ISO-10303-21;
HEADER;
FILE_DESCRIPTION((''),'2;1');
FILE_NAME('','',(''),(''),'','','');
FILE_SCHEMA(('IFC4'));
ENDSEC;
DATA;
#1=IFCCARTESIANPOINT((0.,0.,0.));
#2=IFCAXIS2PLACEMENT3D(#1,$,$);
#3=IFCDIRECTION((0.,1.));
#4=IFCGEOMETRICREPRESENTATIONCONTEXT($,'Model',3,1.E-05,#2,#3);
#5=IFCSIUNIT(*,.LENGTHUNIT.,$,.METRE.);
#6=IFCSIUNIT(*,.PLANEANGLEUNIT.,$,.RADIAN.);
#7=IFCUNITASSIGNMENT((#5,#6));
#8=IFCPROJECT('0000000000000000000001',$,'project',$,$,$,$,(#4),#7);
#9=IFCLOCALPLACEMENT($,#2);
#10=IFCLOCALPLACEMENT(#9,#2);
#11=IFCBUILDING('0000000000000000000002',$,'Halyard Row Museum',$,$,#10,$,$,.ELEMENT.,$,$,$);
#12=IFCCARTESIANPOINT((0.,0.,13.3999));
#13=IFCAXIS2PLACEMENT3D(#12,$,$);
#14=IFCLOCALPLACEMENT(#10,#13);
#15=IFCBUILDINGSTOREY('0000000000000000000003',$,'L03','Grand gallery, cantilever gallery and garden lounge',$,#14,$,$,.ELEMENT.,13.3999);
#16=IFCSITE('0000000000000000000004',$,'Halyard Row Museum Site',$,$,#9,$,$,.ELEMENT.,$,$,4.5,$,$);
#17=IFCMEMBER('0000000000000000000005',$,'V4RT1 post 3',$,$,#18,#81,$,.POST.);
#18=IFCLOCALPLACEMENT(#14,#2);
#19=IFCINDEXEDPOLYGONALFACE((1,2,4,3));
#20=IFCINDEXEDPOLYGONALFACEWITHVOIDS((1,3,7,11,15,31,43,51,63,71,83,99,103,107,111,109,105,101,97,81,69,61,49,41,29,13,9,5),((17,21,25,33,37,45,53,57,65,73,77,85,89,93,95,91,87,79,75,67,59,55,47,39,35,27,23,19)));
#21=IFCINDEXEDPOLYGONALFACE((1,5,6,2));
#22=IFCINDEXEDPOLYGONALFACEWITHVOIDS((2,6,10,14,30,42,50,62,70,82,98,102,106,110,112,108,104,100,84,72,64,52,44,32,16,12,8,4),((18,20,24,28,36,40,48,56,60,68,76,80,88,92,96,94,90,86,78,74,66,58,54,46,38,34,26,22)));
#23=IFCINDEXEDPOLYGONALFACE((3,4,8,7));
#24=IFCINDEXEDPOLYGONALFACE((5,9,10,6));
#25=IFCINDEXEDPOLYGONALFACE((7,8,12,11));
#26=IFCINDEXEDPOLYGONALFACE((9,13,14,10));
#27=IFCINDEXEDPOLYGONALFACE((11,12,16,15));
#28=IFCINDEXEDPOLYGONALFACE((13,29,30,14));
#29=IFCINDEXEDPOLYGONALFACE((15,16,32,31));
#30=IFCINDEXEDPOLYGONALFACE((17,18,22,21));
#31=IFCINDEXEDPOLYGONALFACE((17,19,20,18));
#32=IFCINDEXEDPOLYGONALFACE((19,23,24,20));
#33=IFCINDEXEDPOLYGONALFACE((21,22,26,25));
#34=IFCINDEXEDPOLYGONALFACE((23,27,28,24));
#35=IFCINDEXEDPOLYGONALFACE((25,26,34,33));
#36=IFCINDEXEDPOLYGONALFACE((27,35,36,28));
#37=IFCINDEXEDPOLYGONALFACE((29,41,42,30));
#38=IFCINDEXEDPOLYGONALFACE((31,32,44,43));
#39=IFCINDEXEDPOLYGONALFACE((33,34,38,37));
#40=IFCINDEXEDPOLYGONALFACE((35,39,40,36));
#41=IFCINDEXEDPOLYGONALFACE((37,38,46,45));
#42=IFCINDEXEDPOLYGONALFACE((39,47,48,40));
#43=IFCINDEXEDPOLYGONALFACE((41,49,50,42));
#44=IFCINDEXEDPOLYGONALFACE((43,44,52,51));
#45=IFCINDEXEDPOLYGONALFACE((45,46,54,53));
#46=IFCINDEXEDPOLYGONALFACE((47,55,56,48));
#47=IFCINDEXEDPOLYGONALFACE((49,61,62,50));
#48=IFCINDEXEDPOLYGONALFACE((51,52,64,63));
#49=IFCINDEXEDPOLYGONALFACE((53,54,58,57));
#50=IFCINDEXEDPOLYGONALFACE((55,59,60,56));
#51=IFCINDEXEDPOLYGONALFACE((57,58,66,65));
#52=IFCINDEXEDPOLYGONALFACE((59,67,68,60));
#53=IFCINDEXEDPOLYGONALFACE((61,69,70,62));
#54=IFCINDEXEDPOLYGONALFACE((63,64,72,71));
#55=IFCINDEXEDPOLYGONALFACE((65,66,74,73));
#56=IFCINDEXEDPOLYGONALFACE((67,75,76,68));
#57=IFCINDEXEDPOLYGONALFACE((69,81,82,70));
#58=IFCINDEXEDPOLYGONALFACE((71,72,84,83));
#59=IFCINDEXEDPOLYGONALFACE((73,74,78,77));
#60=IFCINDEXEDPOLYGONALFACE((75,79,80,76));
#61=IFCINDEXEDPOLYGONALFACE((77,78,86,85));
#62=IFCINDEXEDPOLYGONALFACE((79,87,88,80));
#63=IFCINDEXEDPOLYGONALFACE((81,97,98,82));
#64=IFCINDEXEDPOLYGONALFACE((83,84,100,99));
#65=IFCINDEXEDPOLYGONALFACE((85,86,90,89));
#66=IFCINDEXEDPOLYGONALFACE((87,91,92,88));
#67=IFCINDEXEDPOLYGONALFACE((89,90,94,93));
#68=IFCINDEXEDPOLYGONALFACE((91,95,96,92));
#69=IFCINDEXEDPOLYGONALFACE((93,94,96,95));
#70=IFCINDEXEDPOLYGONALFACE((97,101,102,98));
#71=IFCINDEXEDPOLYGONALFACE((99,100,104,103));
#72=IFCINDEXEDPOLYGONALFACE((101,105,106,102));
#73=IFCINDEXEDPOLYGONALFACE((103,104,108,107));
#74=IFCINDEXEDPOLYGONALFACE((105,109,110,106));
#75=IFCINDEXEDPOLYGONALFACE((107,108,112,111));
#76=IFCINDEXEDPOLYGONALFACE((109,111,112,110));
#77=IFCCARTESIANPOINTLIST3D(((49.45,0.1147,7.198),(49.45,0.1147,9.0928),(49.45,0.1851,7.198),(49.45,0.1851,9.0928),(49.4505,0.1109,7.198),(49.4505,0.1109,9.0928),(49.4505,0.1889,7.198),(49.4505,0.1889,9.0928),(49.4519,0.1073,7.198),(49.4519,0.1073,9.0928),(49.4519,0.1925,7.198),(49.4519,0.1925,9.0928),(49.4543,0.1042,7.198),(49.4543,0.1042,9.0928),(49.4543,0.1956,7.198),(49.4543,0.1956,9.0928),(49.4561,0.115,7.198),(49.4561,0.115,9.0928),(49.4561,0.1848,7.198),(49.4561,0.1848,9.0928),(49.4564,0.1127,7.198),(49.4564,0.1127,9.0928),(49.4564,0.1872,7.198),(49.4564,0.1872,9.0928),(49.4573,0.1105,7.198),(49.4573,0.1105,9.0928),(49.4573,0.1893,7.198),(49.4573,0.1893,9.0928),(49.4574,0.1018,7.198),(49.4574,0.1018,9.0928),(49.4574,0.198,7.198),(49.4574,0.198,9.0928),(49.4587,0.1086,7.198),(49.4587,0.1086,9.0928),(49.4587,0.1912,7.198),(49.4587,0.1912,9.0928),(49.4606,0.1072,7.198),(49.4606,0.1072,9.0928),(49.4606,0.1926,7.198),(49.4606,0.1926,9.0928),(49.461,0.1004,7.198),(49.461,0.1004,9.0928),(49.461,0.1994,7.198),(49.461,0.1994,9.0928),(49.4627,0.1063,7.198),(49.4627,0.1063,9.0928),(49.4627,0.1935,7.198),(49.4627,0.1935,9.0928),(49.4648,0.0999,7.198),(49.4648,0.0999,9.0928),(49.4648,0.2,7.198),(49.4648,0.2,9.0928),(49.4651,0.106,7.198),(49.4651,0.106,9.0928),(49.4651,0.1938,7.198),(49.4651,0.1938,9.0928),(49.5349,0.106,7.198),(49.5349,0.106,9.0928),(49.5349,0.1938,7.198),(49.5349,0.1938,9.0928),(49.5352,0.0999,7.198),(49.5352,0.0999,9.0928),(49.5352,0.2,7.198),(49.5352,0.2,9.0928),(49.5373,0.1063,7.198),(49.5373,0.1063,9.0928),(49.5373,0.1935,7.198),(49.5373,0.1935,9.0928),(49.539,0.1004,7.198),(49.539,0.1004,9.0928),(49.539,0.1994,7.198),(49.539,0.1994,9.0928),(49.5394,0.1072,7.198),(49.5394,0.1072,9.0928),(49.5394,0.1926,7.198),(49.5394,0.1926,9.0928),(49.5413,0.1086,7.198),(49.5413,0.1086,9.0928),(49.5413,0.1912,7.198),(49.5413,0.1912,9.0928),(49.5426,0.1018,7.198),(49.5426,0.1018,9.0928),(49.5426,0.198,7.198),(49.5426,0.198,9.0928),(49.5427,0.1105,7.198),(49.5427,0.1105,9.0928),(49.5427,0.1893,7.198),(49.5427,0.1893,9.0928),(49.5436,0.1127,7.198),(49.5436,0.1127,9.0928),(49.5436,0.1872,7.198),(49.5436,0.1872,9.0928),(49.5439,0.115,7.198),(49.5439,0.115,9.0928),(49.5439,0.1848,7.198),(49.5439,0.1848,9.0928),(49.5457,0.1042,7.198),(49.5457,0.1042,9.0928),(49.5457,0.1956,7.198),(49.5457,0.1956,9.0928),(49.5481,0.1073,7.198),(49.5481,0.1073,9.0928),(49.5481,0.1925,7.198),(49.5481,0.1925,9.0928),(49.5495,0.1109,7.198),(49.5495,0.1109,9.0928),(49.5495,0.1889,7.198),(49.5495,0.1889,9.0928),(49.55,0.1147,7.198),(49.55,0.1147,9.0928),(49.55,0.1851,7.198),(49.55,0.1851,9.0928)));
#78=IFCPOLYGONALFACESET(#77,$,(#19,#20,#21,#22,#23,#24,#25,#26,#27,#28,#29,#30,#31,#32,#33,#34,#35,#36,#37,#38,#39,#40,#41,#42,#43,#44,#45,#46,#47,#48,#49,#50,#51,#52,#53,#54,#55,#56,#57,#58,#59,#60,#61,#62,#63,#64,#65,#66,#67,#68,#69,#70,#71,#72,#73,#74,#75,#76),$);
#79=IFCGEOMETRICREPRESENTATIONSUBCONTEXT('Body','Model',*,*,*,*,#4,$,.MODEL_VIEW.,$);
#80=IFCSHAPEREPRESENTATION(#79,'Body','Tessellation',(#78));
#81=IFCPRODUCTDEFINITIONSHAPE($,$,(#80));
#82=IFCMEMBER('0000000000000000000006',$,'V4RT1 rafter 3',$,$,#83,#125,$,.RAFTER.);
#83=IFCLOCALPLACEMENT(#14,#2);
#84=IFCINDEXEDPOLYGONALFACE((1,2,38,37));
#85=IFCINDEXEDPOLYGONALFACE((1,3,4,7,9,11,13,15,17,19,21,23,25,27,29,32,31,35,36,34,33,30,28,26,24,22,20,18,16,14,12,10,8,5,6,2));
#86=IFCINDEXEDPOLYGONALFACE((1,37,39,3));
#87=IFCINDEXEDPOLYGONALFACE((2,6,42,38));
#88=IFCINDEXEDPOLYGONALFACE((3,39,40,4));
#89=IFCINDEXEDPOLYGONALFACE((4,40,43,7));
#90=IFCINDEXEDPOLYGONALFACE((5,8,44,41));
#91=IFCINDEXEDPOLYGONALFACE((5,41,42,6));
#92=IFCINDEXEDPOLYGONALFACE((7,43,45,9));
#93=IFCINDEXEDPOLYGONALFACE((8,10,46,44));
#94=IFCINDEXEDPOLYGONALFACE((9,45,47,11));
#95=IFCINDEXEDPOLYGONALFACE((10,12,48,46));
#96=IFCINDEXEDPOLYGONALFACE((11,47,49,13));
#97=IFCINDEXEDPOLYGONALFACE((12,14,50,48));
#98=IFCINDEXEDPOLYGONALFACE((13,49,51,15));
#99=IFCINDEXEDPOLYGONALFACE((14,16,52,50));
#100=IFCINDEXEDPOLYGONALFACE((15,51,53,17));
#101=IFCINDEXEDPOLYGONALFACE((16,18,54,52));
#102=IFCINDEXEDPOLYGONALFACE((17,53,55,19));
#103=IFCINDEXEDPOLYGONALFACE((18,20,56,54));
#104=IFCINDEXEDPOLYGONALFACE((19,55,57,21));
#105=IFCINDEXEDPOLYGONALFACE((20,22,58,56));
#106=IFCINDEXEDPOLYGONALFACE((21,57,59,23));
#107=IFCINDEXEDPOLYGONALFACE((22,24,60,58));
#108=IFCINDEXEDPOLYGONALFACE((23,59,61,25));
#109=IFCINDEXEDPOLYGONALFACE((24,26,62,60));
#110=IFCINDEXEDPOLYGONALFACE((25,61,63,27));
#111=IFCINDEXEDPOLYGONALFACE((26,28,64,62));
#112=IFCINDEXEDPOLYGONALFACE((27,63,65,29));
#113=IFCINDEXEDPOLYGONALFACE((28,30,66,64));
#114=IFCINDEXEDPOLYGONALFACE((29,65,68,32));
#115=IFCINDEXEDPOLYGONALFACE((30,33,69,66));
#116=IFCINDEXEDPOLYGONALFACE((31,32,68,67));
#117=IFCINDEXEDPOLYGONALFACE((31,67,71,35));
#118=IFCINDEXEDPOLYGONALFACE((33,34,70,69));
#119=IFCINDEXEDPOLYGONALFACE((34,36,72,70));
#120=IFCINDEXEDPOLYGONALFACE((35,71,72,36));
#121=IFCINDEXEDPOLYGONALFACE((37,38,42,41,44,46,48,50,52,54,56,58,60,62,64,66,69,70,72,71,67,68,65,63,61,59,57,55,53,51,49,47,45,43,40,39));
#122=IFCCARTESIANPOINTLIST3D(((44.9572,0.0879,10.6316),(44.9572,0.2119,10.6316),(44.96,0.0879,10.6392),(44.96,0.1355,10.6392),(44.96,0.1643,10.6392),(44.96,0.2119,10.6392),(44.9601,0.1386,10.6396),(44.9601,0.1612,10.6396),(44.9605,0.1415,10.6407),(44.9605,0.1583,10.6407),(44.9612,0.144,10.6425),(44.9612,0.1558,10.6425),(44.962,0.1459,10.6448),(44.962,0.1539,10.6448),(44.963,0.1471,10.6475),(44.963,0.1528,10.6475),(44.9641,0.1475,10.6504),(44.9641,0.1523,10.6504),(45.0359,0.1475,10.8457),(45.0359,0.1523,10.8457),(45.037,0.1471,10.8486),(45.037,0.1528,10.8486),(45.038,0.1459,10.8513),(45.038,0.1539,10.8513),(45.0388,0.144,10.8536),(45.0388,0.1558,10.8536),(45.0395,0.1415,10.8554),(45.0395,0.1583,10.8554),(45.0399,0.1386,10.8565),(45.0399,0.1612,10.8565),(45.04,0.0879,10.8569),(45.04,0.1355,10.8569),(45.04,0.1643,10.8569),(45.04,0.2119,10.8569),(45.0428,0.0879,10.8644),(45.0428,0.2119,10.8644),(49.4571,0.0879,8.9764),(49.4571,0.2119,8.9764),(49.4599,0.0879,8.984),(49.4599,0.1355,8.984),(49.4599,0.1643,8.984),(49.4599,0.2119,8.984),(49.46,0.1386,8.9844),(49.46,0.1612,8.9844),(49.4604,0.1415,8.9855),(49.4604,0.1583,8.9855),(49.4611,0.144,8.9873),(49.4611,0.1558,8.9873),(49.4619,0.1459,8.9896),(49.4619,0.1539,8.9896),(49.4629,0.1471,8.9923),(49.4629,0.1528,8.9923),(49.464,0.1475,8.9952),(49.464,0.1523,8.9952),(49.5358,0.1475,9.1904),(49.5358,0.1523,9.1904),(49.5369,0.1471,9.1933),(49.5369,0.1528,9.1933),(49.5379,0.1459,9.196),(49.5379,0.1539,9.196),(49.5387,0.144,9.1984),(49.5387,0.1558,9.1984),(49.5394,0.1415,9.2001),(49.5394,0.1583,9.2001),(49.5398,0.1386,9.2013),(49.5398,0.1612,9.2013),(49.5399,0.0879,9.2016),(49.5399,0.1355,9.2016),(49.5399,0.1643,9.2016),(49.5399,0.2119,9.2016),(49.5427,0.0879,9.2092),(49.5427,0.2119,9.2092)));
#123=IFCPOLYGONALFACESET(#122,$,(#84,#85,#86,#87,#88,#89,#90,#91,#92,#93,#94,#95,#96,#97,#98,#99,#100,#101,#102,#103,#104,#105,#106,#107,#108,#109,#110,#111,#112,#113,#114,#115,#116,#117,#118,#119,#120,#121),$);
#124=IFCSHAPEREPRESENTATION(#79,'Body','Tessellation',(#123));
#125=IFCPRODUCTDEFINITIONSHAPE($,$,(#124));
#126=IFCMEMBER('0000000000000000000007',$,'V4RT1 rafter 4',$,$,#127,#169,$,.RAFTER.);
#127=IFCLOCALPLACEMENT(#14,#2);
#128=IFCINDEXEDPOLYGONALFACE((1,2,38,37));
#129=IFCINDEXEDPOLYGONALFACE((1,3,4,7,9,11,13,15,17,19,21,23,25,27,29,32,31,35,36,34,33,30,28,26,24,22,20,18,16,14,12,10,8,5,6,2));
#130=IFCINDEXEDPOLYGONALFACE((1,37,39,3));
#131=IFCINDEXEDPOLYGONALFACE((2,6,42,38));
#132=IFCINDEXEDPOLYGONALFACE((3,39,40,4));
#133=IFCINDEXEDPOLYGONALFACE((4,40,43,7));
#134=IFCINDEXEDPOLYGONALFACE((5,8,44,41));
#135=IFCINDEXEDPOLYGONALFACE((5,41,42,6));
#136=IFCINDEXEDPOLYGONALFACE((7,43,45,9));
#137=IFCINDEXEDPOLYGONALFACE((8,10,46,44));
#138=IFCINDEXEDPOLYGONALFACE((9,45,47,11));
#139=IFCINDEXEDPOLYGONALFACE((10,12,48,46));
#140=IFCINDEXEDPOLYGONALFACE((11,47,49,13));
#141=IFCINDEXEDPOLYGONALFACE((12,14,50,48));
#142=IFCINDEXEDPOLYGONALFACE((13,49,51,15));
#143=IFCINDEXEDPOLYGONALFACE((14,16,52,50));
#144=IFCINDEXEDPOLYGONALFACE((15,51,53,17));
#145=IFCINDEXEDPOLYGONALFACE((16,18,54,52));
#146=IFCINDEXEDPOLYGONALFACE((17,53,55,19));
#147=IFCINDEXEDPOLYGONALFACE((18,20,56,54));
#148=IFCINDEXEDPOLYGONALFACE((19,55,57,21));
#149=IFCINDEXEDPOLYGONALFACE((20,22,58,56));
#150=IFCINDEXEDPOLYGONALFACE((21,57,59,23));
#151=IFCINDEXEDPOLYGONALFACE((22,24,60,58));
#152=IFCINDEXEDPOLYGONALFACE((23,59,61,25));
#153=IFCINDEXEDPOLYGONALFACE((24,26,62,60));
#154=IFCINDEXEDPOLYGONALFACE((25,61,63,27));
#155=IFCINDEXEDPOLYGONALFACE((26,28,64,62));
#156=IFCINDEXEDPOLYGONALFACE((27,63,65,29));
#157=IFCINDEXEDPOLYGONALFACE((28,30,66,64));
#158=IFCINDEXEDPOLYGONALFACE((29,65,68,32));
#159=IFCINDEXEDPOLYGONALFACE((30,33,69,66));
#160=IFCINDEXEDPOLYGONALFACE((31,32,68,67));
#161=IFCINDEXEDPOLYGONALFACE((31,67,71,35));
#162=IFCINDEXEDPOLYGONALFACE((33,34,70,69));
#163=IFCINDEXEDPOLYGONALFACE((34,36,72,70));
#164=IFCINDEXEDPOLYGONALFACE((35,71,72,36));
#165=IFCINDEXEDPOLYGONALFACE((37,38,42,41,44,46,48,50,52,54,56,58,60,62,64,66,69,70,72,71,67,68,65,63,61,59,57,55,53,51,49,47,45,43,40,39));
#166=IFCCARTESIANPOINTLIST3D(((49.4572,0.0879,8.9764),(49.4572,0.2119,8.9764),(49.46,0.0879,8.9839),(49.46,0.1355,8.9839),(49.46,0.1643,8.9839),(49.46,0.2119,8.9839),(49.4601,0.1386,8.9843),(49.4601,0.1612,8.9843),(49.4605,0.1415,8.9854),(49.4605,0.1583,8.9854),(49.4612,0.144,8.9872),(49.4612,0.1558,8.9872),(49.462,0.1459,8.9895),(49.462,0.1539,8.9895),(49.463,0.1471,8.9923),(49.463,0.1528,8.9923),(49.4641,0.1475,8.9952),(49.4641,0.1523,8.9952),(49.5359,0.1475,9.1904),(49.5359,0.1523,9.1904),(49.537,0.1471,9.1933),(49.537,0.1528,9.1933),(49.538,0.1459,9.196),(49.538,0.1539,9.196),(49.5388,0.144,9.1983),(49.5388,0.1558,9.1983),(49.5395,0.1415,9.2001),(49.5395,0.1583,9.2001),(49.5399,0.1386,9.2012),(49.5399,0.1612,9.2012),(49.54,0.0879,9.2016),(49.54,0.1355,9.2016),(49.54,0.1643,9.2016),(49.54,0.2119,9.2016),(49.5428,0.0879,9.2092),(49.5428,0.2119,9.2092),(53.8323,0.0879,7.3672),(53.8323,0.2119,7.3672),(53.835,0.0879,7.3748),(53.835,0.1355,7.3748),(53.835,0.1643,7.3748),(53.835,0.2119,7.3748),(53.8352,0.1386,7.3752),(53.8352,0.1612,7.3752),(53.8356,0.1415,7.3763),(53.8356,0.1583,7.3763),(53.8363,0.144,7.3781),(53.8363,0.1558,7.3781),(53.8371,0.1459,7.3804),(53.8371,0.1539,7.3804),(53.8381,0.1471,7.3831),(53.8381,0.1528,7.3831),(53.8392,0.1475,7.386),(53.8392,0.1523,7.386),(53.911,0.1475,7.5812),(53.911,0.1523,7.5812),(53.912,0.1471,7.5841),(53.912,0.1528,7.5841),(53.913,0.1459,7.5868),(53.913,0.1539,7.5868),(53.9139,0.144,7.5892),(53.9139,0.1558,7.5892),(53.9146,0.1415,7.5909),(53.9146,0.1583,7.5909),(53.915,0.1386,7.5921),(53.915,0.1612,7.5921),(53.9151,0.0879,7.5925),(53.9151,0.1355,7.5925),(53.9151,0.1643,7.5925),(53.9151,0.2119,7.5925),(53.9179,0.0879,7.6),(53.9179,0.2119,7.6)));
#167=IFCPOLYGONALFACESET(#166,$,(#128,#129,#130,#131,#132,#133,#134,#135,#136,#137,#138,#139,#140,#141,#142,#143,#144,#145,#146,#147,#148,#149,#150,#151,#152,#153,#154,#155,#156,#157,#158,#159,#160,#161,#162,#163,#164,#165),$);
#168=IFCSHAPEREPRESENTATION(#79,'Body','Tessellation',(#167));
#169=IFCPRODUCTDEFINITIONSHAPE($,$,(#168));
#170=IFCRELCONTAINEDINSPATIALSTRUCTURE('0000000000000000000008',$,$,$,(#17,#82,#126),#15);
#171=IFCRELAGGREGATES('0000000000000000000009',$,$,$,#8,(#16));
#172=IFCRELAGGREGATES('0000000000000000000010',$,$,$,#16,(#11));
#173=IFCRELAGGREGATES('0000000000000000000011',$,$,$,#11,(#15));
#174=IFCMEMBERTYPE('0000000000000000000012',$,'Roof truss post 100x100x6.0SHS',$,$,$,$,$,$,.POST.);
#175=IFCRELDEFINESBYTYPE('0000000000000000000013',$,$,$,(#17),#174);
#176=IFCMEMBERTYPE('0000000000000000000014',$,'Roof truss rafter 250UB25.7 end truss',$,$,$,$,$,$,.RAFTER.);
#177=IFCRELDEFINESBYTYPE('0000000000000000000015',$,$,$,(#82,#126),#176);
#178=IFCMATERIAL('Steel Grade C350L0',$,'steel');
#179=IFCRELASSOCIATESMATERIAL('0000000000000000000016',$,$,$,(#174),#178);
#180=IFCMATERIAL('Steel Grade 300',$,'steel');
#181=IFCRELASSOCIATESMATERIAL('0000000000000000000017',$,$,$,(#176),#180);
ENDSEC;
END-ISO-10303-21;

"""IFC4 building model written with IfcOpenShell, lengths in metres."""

from ifc_helpers import new_model, si_unit, direction, frame, origin, origin_2d, place, context, subcontext, project, spatial, hollow_rectangle, i_section, extrude, material, material_profile, profile_set, type_object, element, save


model = new_model("IFC4")

# Units and contexts
model_context = context("Model", 3, precision=1e-05, world=origin(), true_north=direction((0.0, 1.0)))
body_context = subcontext(model_context, "Body", "Model", "MODEL_VIEW")
ifc_project = project(units=[si_unit("LENGTHUNIT", "METRE"), si_unit("PLANEANGLEUNIT", "RADIAN")], contexts=[model_context])

# Site, building, storey
site_placement = place(None, origin())
site = spatial("IfcSite", under=ifc_project, at=site_placement, Name="Halyard Row Museum Site", CompositionType="ELEMENT", RefElevation=4.5)
building_placement = place(site_placement, origin())
building = spatial("IfcBuilding", under=site, at=building_placement, Name="Halyard Row Museum", CompositionType="ELEMENT")
storey_placement = place(building_placement, frame((0.0, 0.0, 13.3999)))
storey = spatial("IfcBuildingStorey", under=building, at=storey_placement, Name="L03", Description="Grand gallery, cantilever gallery and garden lounge", CompositionType="ELEMENT", Elevation=13.3999)

# Members
ifc_material_1 = material(Name="Steel Grade C350L0", Category="steel")
ifc_material_profile_1 = material_profile(ifc_material_1, hollow_rectangle(XDim=0.1001, YDim=0.1001, WallThickness=0.0061, InnerFilletRadius=0.009, OuterFilletRadius=0.0149, at=origin_2d()), Name="100x100x6.0SHS")
ifc_profile_set_1 = profile_set([ifc_material_profile_1], Name="Steel Grade C350L0")
member_type_1 = type_object("IfcMemberType", Name="Roof truss post 100x100x6.0SHS", PredefinedType="POST", material=ifc_profile_set_1)
member_1_placement = place(storey_placement, frame((49.5, 0.1499, 7.198), z_axis=(0.0, 0.0, 1.0), x_axis=(1.0, 0.0, 0.0)))
element("IfcMember", 1, at=member_1_placement, inside=storey, type_object=member_type_1, Name="V4RT1 post 3", PredefinedType="POST", context=body_context, shape_type="SweptSolid", body=[
    extrude(hollow_rectangle(XDim=0.1001, YDim=0.1001, WallThickness=0.0061, InnerFilletRadius=0.009, OuterFilletRadius=0.0149, at=origin_2d()), origin(), (0.0, 0.0, 1.0), 1.8948),
])
ifc_material_2 = material(Name="Steel Grade 300", Category="steel")
ifc_material_profile_2 = material_profile(ifc_material_2, i_section(OverallWidth=0.124, OverallDepth=0.248, WebThickness=0.0049, FlangeThickness=0.0081, FilletRadius=0.012, at=origin_2d()), Name="250UB25.7")
ifc_profile_set_2 = profile_set([ifc_material_profile_2], Name="Steel Grade 300")
member_type_2 = type_object("IfcMemberType", Name="Roof truss rafter 250UB25.7 end truss", PredefinedType="RAFTER", material=ifc_profile_set_2)
member_2_placement = place(storey_placement, frame((45.0, 0.1499, 10.748), z_axis=(0.93852, 0.0, -0.345224), x_axis=(0.0, 1.0, 0.0)))
element("IfcMember", 2, at=member_2_placement, inside=storey, type_object=member_type_2, Name="V4RT1 rafter 3", PredefinedType="RAFTER", context=body_context, shape_type="SweptSolid", body=[
    extrude(i_section(OverallWidth=0.124, OverallDepth=0.248, WebThickness=0.0049, FlangeThickness=0.0081, FilletRadius=0.012, at=origin_2d()), origin(), (0.0, 0.0, 1.0), 4.7947),
])
member_3_placement = place(storey_placement, frame((49.5, 0.1499, 9.0928), z_axis=(0.938532, 0.0, -0.345193), x_axis=(0.0, 1.0, 0.0)))
element("IfcMember", 3, at=member_3_placement, inside=storey, type_object=member_type_2, Name="V4RT1 rafter 4", PredefinedType="RAFTER", context=body_context, shape_type="SweptSolid", body=[
    extrude(i_section(OverallWidth=0.124, OverallDepth=0.248, WebThickness=0.0049, FlangeThickness=0.0081, FilletRadius=0.012, at=origin_2d()), origin(), (0.0, 0.0, 1.0), 4.6616),
])

save(model, "model.ifc")
